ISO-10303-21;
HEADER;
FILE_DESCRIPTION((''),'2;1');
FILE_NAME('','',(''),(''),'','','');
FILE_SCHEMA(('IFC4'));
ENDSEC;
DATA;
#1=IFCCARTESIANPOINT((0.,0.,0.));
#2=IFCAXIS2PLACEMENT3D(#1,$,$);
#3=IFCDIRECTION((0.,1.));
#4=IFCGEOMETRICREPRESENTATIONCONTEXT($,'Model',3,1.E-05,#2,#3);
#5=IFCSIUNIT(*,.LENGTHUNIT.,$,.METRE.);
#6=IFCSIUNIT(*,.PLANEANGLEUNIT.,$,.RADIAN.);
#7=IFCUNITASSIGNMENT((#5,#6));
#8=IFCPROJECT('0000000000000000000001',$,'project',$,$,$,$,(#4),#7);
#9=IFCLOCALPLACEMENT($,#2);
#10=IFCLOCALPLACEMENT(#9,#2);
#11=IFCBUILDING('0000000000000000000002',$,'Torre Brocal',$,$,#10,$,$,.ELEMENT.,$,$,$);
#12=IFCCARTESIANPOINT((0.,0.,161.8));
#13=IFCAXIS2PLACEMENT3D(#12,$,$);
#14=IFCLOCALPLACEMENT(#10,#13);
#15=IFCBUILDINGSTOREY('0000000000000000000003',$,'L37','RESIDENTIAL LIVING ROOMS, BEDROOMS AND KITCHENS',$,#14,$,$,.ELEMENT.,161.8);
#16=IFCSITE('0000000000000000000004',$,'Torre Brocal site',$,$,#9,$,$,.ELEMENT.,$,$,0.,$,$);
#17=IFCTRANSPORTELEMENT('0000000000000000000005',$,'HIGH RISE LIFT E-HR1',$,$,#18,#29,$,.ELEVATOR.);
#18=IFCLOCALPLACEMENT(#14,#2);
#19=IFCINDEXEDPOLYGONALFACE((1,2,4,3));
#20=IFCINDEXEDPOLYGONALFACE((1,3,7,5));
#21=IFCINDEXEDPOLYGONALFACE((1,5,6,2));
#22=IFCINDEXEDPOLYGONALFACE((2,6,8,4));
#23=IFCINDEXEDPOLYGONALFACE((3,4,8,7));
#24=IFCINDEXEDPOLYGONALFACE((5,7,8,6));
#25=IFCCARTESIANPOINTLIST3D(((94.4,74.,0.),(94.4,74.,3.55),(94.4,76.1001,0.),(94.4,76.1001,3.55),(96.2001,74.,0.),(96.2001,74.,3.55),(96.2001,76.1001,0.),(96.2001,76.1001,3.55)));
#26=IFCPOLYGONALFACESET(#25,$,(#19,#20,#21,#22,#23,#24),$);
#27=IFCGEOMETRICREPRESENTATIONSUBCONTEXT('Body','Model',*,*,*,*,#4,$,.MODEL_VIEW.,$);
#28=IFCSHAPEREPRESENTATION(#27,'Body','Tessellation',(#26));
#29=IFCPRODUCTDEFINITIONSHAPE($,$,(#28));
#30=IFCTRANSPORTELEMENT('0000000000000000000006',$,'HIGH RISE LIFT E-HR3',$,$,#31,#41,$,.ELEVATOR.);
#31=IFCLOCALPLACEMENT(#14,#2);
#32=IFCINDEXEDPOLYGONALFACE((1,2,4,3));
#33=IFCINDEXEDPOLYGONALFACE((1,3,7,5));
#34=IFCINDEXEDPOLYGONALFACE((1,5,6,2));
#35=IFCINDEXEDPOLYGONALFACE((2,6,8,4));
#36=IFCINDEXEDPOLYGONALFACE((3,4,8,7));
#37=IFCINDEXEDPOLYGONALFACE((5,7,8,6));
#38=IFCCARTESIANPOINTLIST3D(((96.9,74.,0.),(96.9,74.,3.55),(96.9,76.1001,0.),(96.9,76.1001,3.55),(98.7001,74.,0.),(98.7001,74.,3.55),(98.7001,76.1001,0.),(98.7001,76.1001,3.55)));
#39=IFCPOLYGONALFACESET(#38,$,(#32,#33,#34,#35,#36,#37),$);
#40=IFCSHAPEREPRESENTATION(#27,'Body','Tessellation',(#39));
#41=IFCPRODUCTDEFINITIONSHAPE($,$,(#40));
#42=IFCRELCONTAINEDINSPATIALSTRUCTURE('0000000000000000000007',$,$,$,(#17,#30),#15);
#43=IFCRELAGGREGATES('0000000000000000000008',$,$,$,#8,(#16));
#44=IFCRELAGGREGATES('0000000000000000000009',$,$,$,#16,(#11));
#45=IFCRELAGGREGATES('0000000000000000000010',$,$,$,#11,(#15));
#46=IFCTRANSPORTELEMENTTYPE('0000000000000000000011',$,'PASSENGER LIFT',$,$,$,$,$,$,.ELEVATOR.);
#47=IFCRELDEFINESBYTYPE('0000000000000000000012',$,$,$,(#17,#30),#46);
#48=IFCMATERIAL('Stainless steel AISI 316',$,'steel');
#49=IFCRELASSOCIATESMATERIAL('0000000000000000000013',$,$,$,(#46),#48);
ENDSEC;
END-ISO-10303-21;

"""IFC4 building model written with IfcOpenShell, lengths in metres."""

from ifc_helpers import new_model, si_unit, direction, frame, origin, origin_2d, place, context, subcontext, project, spatial, rectangle, extrude, material, type_object, element, save


model = new_model("IFC4")

# Units and contexts
model_context = context("Model", 3, precision=1e-05, world=origin(), true_north=direction((0.0, 1.0)))
body_context = subcontext(model_context, "Body", "Model", "MODEL_VIEW")
ifc_project = project(units=[si_unit("LENGTHUNIT", "METRE"), si_unit("PLANEANGLEUNIT", "RADIAN")], contexts=[model_context])

# Site, building, storey
site_placement = place(None, origin())
site = spatial("IfcSite", under=ifc_project, at=site_placement, Name="Torre Brocal site", CompositionType="ELEMENT", RefElevation=0.0)
building_placement = place(site_placement, origin())
building = spatial("IfcBuilding", under=site, at=building_placement, Name="Torre Brocal", CompositionType="ELEMENT")
storey_placement = place(building_placement, frame((0.0, 0.0, 161.8)))
storey = spatial("IfcBuildingStorey", under=building, at=storey_placement, Name="L37", Description="RESIDENTIAL LIVING ROOMS, BEDROOMS AND KITCHENS", CompositionType="ELEMENT", Elevation=161.8)

# Transport elements
ifc_material_1 = material(Name="Stainless steel AISI 316", Category="steel")
transport_element_type = type_object("IfcTransportElementType", Name="PASSENGER LIFT", PredefinedType="ELEVATOR", material=ifc_material_1)
for number, where, z_axis, x_axis, name in (
    (1, (95.3, 75.05, 0.0), (0.0, 0.0, 1.0), (1.0, 0.0, 0.0), "HIGH RISE LIFT E-HR1"),
    (2, (97.8, 75.05, 0.0), (0.0, 0.0, 1.0), (1.0, 0.0, 0.0), "HIGH RISE LIFT E-HR3"),
):
    element("IfcTransportElement", number, at=place(storey_placement, frame(where, z_axis=z_axis, x_axis=x_axis)), inside=storey, type_object=transport_element_type, Name=name, PredefinedType="ELEVATOR", context=body_context, shape_type="SweptSolid", body=[
        extrude(rectangle(XDim=1.8, YDim=2.1001, at=origin_2d()), origin(), (0.0, 0.0, 1.0), 3.55),
    ])

save(model, "model.ifc")
